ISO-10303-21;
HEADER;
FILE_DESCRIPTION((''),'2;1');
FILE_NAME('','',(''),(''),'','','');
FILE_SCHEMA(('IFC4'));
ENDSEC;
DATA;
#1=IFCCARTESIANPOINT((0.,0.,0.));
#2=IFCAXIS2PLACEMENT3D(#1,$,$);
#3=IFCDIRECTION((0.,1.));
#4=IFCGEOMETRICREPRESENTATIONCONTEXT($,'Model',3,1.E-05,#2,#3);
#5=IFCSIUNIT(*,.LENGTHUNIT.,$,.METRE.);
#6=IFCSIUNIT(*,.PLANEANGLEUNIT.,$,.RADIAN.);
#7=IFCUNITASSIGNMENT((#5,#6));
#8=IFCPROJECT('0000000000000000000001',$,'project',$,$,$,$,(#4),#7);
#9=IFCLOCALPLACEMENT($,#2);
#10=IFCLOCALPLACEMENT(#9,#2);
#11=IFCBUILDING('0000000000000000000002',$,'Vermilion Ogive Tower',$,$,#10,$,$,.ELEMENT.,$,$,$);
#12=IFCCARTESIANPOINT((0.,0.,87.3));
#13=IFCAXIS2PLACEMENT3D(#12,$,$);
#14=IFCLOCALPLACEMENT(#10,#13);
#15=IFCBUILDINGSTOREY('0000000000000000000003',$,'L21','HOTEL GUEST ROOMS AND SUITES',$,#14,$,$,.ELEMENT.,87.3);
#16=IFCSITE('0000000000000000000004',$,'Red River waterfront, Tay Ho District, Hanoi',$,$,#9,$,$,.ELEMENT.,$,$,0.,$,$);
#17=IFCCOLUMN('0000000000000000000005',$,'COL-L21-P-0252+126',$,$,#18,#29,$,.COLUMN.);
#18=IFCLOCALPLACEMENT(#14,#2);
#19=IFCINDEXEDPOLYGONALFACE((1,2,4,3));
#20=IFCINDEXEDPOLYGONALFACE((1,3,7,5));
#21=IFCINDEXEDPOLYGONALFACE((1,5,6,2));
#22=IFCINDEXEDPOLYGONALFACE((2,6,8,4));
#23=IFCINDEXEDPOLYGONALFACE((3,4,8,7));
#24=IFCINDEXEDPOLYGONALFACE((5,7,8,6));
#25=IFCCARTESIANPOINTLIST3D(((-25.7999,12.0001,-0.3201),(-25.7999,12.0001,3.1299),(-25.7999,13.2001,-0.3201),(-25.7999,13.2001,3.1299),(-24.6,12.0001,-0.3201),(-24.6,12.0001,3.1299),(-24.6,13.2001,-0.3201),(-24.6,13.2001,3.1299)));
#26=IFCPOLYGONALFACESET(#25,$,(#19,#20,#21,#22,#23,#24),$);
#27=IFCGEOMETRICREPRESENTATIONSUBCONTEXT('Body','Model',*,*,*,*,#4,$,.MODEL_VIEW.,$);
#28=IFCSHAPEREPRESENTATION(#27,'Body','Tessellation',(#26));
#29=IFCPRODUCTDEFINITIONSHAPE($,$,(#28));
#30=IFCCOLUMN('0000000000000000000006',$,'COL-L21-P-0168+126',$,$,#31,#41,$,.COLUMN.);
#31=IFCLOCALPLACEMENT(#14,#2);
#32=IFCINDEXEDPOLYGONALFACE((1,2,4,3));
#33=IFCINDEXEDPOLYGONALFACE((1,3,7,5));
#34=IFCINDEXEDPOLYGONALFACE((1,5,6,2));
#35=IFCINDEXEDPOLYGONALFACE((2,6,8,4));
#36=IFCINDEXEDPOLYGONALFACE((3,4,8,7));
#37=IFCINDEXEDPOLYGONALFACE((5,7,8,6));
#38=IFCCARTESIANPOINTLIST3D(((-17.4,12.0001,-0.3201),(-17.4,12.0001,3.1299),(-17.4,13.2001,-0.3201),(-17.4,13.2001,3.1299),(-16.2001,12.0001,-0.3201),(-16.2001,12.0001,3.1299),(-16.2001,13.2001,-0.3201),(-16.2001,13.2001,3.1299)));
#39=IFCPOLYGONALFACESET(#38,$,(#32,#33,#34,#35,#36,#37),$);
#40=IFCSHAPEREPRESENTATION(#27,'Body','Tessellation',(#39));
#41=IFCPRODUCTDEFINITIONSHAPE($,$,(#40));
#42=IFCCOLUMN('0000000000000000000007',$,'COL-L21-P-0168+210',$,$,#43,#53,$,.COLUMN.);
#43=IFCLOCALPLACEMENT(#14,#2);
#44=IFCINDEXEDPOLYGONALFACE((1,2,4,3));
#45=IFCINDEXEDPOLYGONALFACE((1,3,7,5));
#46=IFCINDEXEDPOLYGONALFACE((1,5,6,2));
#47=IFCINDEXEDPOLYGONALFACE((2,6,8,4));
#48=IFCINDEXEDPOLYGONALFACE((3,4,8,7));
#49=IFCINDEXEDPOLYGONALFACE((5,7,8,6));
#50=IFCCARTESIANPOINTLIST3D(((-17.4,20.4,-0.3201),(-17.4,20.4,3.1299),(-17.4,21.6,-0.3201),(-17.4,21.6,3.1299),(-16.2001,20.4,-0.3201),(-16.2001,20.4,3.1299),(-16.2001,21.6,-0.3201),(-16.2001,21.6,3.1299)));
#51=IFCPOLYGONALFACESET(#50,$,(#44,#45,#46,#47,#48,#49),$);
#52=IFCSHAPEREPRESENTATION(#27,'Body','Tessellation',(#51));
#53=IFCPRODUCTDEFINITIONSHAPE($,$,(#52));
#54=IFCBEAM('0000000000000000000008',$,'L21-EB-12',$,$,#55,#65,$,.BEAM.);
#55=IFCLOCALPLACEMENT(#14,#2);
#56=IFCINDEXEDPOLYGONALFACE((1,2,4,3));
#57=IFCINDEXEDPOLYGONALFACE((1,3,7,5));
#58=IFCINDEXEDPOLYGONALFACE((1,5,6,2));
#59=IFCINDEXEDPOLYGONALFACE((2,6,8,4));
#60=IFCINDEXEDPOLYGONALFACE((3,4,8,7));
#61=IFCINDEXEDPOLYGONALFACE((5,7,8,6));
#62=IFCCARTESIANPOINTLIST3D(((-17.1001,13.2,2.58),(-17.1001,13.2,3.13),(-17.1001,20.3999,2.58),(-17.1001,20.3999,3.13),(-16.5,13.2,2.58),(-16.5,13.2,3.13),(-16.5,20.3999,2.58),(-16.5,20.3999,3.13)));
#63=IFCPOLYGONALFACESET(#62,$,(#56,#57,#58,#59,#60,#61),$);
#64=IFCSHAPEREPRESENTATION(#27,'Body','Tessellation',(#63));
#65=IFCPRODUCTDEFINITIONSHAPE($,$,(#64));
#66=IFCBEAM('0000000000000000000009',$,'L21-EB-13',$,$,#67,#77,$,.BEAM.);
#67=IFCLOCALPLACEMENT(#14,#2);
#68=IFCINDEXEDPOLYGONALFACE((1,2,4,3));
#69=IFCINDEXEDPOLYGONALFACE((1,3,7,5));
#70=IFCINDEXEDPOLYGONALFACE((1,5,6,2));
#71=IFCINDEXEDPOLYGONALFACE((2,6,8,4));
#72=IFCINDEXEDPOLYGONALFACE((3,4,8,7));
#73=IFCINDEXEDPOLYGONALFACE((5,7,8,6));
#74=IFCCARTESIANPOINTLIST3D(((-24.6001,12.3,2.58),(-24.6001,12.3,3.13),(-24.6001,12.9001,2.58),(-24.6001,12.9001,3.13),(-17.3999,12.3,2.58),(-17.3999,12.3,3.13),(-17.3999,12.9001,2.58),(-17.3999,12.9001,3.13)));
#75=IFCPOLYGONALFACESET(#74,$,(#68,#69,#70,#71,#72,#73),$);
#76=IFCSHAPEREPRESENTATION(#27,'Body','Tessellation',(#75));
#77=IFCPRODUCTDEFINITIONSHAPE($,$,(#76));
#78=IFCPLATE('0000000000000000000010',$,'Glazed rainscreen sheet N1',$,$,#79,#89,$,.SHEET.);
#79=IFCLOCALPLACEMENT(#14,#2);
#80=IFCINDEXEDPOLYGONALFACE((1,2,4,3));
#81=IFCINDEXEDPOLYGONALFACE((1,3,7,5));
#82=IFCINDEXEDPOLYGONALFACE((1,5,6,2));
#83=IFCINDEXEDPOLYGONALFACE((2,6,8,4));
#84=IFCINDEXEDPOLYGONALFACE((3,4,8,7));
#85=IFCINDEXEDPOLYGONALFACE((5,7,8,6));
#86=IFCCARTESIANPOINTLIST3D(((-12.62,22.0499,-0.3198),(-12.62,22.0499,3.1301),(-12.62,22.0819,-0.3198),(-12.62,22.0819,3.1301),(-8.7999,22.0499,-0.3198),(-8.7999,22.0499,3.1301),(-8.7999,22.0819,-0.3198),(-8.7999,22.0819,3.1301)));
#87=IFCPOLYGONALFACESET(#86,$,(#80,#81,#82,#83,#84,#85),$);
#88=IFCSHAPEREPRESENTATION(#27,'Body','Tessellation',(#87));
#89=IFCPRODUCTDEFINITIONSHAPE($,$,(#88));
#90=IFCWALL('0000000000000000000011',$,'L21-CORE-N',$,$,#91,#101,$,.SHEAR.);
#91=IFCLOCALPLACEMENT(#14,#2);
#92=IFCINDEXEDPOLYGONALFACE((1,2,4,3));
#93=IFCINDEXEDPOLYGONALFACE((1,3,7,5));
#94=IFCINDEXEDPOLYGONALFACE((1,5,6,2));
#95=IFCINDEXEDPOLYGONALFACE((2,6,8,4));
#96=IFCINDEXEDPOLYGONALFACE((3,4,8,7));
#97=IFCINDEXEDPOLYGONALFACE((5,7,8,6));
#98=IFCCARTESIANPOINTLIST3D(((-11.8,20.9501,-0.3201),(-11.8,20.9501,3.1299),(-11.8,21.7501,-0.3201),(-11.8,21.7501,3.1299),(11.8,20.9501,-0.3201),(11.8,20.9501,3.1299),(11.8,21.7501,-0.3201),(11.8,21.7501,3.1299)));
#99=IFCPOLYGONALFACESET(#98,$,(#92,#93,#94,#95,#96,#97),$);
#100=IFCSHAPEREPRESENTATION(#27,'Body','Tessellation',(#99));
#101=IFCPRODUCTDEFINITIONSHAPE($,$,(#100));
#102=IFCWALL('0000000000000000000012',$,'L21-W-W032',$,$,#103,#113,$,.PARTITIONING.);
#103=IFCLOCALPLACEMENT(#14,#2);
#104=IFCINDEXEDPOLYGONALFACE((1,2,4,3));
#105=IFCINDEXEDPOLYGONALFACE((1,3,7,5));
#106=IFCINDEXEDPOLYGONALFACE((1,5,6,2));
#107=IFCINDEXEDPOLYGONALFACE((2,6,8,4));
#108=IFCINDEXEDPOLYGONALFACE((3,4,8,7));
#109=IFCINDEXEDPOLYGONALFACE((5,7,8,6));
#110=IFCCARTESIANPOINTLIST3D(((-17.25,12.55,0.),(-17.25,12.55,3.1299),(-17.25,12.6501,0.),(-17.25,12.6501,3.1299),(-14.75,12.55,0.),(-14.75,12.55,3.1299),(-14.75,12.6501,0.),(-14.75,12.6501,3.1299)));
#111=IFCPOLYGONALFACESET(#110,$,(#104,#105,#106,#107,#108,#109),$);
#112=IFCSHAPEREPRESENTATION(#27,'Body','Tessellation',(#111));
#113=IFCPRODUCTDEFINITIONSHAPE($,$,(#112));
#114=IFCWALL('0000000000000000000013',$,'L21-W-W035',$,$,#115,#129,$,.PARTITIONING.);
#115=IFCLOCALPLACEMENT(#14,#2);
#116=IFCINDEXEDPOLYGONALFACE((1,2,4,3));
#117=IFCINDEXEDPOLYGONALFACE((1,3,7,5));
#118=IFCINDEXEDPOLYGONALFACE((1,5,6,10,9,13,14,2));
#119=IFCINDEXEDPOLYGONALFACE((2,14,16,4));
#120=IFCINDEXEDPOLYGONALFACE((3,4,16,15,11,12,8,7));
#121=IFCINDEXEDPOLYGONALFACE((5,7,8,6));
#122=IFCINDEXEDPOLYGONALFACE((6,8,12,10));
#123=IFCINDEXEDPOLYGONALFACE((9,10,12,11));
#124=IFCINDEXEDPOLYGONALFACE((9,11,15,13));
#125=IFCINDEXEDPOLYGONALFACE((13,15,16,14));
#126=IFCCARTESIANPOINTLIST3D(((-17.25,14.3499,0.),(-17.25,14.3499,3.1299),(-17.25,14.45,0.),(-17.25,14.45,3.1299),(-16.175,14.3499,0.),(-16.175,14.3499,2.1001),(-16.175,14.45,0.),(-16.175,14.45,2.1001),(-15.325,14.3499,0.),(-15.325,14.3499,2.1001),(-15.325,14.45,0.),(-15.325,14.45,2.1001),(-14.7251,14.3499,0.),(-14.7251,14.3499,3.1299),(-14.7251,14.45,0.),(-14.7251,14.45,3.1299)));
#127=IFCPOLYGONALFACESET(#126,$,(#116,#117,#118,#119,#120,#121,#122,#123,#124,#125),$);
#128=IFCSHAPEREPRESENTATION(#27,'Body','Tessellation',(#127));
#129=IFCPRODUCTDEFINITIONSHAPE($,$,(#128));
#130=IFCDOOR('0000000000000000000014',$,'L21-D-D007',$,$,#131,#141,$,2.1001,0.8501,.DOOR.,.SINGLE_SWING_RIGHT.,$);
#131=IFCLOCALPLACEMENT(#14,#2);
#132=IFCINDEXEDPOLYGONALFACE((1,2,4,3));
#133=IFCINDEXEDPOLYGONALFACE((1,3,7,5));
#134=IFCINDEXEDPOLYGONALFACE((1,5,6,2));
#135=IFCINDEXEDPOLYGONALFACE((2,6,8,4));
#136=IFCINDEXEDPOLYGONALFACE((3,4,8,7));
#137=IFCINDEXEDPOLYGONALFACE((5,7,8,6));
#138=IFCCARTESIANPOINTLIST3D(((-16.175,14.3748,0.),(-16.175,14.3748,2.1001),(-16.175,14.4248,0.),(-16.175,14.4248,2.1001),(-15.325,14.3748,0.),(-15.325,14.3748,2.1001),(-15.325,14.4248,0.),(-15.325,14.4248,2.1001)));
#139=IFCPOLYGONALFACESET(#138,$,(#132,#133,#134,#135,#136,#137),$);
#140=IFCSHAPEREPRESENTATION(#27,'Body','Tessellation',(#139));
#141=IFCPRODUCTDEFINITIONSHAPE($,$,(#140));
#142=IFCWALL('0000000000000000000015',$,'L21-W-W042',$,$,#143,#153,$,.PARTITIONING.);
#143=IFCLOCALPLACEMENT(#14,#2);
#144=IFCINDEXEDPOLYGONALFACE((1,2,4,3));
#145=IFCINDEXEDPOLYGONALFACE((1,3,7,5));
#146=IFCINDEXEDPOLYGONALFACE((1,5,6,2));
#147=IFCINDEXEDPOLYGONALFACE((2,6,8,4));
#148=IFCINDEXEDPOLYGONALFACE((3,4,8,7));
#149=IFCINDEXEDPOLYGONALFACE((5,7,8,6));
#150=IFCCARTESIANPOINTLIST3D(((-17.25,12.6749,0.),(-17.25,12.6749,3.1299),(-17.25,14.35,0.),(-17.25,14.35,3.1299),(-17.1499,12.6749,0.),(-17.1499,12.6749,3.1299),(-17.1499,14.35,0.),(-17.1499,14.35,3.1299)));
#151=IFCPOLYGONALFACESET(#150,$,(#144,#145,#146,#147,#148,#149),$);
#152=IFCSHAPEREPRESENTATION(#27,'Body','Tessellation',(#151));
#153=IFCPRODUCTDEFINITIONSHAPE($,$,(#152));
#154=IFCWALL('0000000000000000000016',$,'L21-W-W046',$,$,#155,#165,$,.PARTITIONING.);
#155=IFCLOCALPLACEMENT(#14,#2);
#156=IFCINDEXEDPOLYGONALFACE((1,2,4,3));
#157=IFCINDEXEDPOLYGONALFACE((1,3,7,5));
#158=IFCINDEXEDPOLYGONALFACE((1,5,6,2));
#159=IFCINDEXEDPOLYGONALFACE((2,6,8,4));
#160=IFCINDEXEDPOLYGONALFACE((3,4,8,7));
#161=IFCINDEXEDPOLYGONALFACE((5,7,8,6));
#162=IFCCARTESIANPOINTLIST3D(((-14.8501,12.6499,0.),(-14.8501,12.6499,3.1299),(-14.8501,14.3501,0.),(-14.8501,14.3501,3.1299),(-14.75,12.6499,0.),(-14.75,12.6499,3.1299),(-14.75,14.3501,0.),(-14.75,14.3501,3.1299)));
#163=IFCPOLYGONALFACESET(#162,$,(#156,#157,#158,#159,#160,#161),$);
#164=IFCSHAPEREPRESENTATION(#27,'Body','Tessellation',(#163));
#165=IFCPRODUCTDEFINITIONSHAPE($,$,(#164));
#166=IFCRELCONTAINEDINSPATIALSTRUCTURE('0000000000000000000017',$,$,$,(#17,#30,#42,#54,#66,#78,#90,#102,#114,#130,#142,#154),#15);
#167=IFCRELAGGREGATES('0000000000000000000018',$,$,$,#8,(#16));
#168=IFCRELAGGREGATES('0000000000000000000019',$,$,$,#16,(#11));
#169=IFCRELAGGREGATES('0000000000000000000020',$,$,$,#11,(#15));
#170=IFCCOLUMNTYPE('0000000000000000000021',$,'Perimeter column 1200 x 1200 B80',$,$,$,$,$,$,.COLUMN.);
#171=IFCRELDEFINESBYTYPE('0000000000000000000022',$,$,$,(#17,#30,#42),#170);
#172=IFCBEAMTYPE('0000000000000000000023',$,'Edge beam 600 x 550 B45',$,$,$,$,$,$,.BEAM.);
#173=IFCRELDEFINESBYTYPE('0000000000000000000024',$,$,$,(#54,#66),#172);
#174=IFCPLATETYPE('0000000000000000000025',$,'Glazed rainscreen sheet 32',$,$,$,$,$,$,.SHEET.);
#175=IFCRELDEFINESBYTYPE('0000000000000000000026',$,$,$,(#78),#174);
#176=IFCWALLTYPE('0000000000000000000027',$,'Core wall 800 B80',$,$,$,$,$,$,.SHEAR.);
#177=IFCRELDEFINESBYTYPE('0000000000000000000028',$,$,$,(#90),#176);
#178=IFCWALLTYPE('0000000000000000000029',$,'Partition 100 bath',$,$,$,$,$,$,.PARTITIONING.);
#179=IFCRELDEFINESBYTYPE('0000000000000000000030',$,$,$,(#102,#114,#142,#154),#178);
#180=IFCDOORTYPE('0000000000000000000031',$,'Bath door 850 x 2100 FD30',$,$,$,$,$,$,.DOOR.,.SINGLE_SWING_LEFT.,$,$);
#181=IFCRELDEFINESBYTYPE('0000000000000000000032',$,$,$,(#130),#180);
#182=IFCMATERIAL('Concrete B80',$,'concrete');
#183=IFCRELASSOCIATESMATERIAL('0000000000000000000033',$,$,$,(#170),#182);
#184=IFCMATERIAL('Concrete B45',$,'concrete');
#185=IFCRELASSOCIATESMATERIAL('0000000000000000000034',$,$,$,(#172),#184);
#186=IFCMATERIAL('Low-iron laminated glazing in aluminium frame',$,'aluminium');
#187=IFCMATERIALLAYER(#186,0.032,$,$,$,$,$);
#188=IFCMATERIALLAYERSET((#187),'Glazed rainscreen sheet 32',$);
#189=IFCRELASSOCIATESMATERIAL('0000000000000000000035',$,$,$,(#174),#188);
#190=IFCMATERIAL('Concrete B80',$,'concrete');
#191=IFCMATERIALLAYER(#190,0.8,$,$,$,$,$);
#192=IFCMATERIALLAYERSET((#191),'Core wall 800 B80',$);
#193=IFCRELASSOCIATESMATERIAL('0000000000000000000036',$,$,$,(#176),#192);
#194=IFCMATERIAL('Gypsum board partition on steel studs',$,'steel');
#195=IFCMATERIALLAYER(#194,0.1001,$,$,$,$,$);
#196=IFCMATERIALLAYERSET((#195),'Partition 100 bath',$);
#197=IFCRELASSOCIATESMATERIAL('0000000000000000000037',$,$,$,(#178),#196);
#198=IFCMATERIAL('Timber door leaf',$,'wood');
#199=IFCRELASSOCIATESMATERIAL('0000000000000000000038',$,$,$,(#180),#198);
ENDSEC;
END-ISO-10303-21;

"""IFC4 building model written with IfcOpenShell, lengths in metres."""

from ifc_helpers import new_model, si_unit, direction, frame, frame_2d, origin, origin_2d, place, context, subcontext, project, spatial, rectangle, extrude, material, layer, layer_set, material_profile, profile_set, type_object, element, fill, save


model = new_model("IFC4")

# Units and contexts
model_context = context("Model", 3, precision=1e-05, world=origin(), true_north=direction((0.0, 1.0)))
body_context = subcontext(model_context, "Body", "Model", "MODEL_VIEW")
ifc_project = project(units=[si_unit("LENGTHUNIT", "METRE"), si_unit("PLANEANGLEUNIT", "RADIAN")], contexts=[model_context])

# Site, building, storey
site_placement = place(None, origin())
site = spatial("IfcSite", under=ifc_project, at=site_placement, Name="Red River waterfront, Tay Ho District, Hanoi", CompositionType="ELEMENT", RefElevation=0.0)
building_placement = place(site_placement, origin())
building = spatial("IfcBuilding", under=site, at=building_placement, Name="Vermilion Ogive Tower", CompositionType="ELEMENT")
storey_placement = place(building_placement, frame((0.0, 0.0, 87.3)))
storey = spatial("IfcBuildingStorey", under=building, at=storey_placement, Name="L21", Description="HOTEL GUEST ROOMS AND SUITES", CompositionType="ELEMENT", Elevation=87.3)

# Columns
ifc_material_1 = material(Name="Concrete B80", Category="concrete")
ifc_material_profile_1 = material_profile(ifc_material_1, rectangle(XDim=1.2, YDim=1.2, at=origin_2d()), Name="1200 x 1200")
ifc_profile_set_1 = profile_set([ifc_material_profile_1], Name="Concrete B80")
column_type = type_object("IfcColumnType", Name="Perimeter column 1200 x 1200 B80", PredefinedType="COLUMN", material=ifc_profile_set_1)
for number, where, z_axis, x_axis, name in (
    (1, (-25.2, 12.6001, -0.3201), (0.0, 0.0, 1.0), (1.0, 0.0, 0.0), "COL-L21-P-0252+126"),
    (2, (-16.8, 12.6001, -0.3201), (0.0, 0.0, 1.0), (1.0, 0.0, 0.0), "COL-L21-P-0168+126"),
    (3, (-16.8, 21.0, -0.3201), (0.0, 0.0, 1.0), (1.0, 0.0, 0.0), "COL-L21-P-0168+210"),
):
    element("IfcColumn", number, at=place(storey_placement, frame(where, z_axis=z_axis, x_axis=x_axis)), inside=storey, type_object=column_type, Name=name, PredefinedType="COLUMN", context=body_context, shape_type="SweptSolid", body=[
        extrude(rectangle(XDim=1.2, YDim=1.2, at=origin_2d()), origin(), (0.0, 0.0, 1.0), 3.45),
    ])

# Beams
ifc_material_2 = material(Name="Concrete B45", Category="concrete")
ifc_material_profile_2 = material_profile(ifc_material_2, rectangle(XDim=0.6001, YDim=0.55, at=origin_2d()), Name="600 x 550")
ifc_profile_set_2 = profile_set([ifc_material_profile_2], Name="Concrete B45")
beam_type = type_object("IfcBeamType", Name="Edge beam 600 x 550 B45", PredefinedType="BEAM", material=ifc_profile_set_2)
beam_1_placement = place(storey_placement, frame((-16.8, 20.3999, 2.855), z_axis=(0.0, -1.0, 0.0), x_axis=(1.0, 0.0, 0.0)))
element("IfcBeam", 4, at=beam_1_placement, inside=storey, type_object=beam_type, Name="L21-EB-12", PredefinedType="BEAM", context=body_context, shape_type="SweptSolid", body=[
    extrude(rectangle(XDim=0.6001, YDim=0.55, at=origin_2d()), origin(), (0.0, 0.0, 1.0), 7.2),
])
beam_2_placement = place(storey_placement, frame((-17.3999, 12.6001, 2.855), z_axis=(-1.0, 0.0, 0.0), x_axis=(0.0, -1.0, 0.0)))
element("IfcBeam", 5, at=beam_2_placement, inside=storey, type_object=beam_type, Name="L21-EB-13", PredefinedType="BEAM", context=body_context, shape_type="SweptSolid", body=[
    extrude(rectangle(XDim=0.6001, YDim=0.55, at=origin_2d()), origin(), (0.0, 0.0, 1.0), 7.2002),
])

# Plate
ifc_material_3 = material(Name="Low-iron laminated glazing in aluminium frame", Category="aluminium")
ifc_layer_1 = layer(ifc_material_3, 0.032)
ifc_layer_set_1 = layer_set([ifc_layer_1], Name="Glazed rainscreen sheet 32")
plate_type = type_object("IfcPlateType", Name="Glazed rainscreen sheet 32", PredefinedType="SHEET", material=ifc_layer_set_1)
plate_placement = place(storey_placement, frame((-10.71, 22.0659, -0.3198), z_axis=(0.0, 0.0, 1.0), x_axis=(1.0, 0.0, 0.0)))
element("IfcPlate", 6, at=plate_placement, inside=storey, type_object=plate_type, Name="Glazed rainscreen sheet N1", PredefinedType="SHEET", context=body_context, shape_type="SweptSolid", body=[
    extrude(rectangle(XDim=3.8201, YDim=0.032, at=origin_2d()), origin(), (0.0, 0.0, 1.0), 3.45),
])

# Walls
ifc_material_4 = material(Name="Concrete B80", Category="concrete")
ifc_layer_2 = layer(ifc_material_4, 0.8)
ifc_layer_set_2 = layer_set([ifc_layer_2], Name="Core wall 800 B80")
wall_type_1 = type_object("IfcWallType", Name="Core wall 800 B80", PredefinedType="SHEAR", material=ifc_layer_set_2)
wall_1_placement = place(storey_placement, frame((-11.8, 21.3501, -0.3201), z_axis=(0.0, 0.0, 1.0), x_axis=(1.0, 0.0, 0.0)))
element("IfcWall", 7, at=wall_1_placement, inside=storey, type_object=wall_type_1, Name="L21-CORE-N", PredefinedType="SHEAR", context=body_context, shape_type="SweptSolid", body=[
    extrude(rectangle(XDim=23.6001, YDim=0.8, at=frame_2d((11.8, 0.0))), origin(), (0.0, 0.0, 1.0), 3.45),
])
ifc_material_5 = material(Name="Gypsum board partition on steel studs", Category="steel")
ifc_layer_3 = layer(ifc_material_5, 0.1001)
ifc_layer_set_3 = layer_set([ifc_layer_3], Name="Partition 100 bath")
wall_type_2 = type_object("IfcWallType", Name="Partition 100 bath", PredefinedType="PARTITIONING", material=ifc_layer_set_3)
wall_2_placement = place(storey_placement, frame((-17.25, 12.6001, 0.0), z_axis=(0.0, 0.0, 1.0), x_axis=(1.0, 0.0, 0.0)))
element("IfcWall", 8, at=wall_2_placement, inside=storey, type_object=wall_type_2, Name="L21-W-W032", PredefinedType="PARTITIONING", context=body_context, shape_type="SweptSolid", body=[
    extrude(rectangle(XDim=2.5, YDim=0.1001, at=frame_2d((1.25, 0.0))), origin(), (0.0, 0.0, 1.0), 3.1299),
])

# Wall, opening, door
wall_3_placement = place(storey_placement, frame((-17.25, 14.3999, 0.0), z_axis=(0.0, 0.0, 1.0), x_axis=(1.0, 0.0, 0.0)))
wall_3 = element("IfcWall", 9, at=wall_3_placement, inside=storey, type_object=wall_type_2, Name="L21-W-W035", PredefinedType="PARTITIONING", context=body_context, shape_type="SweptSolid", body=[
    extrude(rectangle(XDim=2.5249, YDim=0.1001, at=frame_2d((1.2625, 0.0))), origin(), (0.0, 0.0, 1.0), 3.1299),
])
opening_1_placement = place(wall_3_placement, frame((1.075, 0.0, 0.0)))
opening_1 = element("IfcOpeningElement", 10, at=opening_1_placement, cuts=wall_3, PredefinedType="OPENING", context=body_context, shape_type="SweptSolid", body=[
    extrude(rectangle(XDim=0.8501, YDim=2.1001, at=frame_2d((0.425, 1.05))), frame((0.0, 0.0601, 0.0), z_axis=(0.0, -1.0, 0.0), x_axis=(1.0, 0.0, 0.0)), (0.0, 0.0, 1.0), 0.1201),
])
ifc_material_6 = material(Name="Timber door leaf", Category="wood")
door_type_1 = type_object("IfcDoorType", Name="Bath door 850 x 2100 FD30", OperationType="SINGLE_SWING_LEFT", PredefinedType="DOOR", material=ifc_material_6)
door_1_placement = place(opening_1_placement, origin())
door_1 = element("IfcDoor", 11, at=door_1_placement, inside=storey, type_object=door_type_1, Name="L21-D-D007", OperationType="SINGLE_SWING_RIGHT", OverallHeight=2.1001, OverallWidth=0.8501, PredefinedType="DOOR", context=body_context, shape_type="SweptSolid", body=[
    extrude(rectangle(XDim=0.8501, YDim=2.1001, at=frame_2d((0.425, 1.05))), frame((0.0, 0.0249, 0.0), z_axis=(0.0, -1.0, 0.0), x_axis=(1.0, 0.0, 0.0)), (0.0, 0.0, 1.0), 0.05),
])
fill(opening_1, door_1)

# Walls
wall_4_placement = place(storey_placement, frame((-17.2, 12.675, 0.0), z_axis=(0.0, 0.0, 1.0), x_axis=(0.0, 1.0, 0.0)))
element("IfcWall", 12, at=wall_4_placement, inside=storey, type_object=wall_type_2, Name="L21-W-W042", PredefinedType="PARTITIONING", context=body_context, shape_type="SweptSolid", body=[
    extrude(rectangle(XDim=1.675, YDim=0.1001, at=frame_2d((0.8374, 0.0))), origin(), (0.0, 0.0, 1.0), 3.1299),
])
wall_5_placement = place(storey_placement, frame((-14.8, 12.6499, 0.0), z_axis=(0.0, 0.0, 1.0), x_axis=(0.0, 1.0, 0.0)))
element("IfcWall", 13, at=wall_5_placement, inside=storey, type_object=wall_type_2, Name="L21-W-W046", PredefinedType="PARTITIONING", context=body_context, shape_type="SweptSolid", body=[
    extrude(rectangle(XDim=1.7002, YDim=0.1001, at=frame_2d((0.8501, 0.0))), origin(), (0.0, 0.0, 1.0), 3.1299),
])

save(model, "model.ifc")
